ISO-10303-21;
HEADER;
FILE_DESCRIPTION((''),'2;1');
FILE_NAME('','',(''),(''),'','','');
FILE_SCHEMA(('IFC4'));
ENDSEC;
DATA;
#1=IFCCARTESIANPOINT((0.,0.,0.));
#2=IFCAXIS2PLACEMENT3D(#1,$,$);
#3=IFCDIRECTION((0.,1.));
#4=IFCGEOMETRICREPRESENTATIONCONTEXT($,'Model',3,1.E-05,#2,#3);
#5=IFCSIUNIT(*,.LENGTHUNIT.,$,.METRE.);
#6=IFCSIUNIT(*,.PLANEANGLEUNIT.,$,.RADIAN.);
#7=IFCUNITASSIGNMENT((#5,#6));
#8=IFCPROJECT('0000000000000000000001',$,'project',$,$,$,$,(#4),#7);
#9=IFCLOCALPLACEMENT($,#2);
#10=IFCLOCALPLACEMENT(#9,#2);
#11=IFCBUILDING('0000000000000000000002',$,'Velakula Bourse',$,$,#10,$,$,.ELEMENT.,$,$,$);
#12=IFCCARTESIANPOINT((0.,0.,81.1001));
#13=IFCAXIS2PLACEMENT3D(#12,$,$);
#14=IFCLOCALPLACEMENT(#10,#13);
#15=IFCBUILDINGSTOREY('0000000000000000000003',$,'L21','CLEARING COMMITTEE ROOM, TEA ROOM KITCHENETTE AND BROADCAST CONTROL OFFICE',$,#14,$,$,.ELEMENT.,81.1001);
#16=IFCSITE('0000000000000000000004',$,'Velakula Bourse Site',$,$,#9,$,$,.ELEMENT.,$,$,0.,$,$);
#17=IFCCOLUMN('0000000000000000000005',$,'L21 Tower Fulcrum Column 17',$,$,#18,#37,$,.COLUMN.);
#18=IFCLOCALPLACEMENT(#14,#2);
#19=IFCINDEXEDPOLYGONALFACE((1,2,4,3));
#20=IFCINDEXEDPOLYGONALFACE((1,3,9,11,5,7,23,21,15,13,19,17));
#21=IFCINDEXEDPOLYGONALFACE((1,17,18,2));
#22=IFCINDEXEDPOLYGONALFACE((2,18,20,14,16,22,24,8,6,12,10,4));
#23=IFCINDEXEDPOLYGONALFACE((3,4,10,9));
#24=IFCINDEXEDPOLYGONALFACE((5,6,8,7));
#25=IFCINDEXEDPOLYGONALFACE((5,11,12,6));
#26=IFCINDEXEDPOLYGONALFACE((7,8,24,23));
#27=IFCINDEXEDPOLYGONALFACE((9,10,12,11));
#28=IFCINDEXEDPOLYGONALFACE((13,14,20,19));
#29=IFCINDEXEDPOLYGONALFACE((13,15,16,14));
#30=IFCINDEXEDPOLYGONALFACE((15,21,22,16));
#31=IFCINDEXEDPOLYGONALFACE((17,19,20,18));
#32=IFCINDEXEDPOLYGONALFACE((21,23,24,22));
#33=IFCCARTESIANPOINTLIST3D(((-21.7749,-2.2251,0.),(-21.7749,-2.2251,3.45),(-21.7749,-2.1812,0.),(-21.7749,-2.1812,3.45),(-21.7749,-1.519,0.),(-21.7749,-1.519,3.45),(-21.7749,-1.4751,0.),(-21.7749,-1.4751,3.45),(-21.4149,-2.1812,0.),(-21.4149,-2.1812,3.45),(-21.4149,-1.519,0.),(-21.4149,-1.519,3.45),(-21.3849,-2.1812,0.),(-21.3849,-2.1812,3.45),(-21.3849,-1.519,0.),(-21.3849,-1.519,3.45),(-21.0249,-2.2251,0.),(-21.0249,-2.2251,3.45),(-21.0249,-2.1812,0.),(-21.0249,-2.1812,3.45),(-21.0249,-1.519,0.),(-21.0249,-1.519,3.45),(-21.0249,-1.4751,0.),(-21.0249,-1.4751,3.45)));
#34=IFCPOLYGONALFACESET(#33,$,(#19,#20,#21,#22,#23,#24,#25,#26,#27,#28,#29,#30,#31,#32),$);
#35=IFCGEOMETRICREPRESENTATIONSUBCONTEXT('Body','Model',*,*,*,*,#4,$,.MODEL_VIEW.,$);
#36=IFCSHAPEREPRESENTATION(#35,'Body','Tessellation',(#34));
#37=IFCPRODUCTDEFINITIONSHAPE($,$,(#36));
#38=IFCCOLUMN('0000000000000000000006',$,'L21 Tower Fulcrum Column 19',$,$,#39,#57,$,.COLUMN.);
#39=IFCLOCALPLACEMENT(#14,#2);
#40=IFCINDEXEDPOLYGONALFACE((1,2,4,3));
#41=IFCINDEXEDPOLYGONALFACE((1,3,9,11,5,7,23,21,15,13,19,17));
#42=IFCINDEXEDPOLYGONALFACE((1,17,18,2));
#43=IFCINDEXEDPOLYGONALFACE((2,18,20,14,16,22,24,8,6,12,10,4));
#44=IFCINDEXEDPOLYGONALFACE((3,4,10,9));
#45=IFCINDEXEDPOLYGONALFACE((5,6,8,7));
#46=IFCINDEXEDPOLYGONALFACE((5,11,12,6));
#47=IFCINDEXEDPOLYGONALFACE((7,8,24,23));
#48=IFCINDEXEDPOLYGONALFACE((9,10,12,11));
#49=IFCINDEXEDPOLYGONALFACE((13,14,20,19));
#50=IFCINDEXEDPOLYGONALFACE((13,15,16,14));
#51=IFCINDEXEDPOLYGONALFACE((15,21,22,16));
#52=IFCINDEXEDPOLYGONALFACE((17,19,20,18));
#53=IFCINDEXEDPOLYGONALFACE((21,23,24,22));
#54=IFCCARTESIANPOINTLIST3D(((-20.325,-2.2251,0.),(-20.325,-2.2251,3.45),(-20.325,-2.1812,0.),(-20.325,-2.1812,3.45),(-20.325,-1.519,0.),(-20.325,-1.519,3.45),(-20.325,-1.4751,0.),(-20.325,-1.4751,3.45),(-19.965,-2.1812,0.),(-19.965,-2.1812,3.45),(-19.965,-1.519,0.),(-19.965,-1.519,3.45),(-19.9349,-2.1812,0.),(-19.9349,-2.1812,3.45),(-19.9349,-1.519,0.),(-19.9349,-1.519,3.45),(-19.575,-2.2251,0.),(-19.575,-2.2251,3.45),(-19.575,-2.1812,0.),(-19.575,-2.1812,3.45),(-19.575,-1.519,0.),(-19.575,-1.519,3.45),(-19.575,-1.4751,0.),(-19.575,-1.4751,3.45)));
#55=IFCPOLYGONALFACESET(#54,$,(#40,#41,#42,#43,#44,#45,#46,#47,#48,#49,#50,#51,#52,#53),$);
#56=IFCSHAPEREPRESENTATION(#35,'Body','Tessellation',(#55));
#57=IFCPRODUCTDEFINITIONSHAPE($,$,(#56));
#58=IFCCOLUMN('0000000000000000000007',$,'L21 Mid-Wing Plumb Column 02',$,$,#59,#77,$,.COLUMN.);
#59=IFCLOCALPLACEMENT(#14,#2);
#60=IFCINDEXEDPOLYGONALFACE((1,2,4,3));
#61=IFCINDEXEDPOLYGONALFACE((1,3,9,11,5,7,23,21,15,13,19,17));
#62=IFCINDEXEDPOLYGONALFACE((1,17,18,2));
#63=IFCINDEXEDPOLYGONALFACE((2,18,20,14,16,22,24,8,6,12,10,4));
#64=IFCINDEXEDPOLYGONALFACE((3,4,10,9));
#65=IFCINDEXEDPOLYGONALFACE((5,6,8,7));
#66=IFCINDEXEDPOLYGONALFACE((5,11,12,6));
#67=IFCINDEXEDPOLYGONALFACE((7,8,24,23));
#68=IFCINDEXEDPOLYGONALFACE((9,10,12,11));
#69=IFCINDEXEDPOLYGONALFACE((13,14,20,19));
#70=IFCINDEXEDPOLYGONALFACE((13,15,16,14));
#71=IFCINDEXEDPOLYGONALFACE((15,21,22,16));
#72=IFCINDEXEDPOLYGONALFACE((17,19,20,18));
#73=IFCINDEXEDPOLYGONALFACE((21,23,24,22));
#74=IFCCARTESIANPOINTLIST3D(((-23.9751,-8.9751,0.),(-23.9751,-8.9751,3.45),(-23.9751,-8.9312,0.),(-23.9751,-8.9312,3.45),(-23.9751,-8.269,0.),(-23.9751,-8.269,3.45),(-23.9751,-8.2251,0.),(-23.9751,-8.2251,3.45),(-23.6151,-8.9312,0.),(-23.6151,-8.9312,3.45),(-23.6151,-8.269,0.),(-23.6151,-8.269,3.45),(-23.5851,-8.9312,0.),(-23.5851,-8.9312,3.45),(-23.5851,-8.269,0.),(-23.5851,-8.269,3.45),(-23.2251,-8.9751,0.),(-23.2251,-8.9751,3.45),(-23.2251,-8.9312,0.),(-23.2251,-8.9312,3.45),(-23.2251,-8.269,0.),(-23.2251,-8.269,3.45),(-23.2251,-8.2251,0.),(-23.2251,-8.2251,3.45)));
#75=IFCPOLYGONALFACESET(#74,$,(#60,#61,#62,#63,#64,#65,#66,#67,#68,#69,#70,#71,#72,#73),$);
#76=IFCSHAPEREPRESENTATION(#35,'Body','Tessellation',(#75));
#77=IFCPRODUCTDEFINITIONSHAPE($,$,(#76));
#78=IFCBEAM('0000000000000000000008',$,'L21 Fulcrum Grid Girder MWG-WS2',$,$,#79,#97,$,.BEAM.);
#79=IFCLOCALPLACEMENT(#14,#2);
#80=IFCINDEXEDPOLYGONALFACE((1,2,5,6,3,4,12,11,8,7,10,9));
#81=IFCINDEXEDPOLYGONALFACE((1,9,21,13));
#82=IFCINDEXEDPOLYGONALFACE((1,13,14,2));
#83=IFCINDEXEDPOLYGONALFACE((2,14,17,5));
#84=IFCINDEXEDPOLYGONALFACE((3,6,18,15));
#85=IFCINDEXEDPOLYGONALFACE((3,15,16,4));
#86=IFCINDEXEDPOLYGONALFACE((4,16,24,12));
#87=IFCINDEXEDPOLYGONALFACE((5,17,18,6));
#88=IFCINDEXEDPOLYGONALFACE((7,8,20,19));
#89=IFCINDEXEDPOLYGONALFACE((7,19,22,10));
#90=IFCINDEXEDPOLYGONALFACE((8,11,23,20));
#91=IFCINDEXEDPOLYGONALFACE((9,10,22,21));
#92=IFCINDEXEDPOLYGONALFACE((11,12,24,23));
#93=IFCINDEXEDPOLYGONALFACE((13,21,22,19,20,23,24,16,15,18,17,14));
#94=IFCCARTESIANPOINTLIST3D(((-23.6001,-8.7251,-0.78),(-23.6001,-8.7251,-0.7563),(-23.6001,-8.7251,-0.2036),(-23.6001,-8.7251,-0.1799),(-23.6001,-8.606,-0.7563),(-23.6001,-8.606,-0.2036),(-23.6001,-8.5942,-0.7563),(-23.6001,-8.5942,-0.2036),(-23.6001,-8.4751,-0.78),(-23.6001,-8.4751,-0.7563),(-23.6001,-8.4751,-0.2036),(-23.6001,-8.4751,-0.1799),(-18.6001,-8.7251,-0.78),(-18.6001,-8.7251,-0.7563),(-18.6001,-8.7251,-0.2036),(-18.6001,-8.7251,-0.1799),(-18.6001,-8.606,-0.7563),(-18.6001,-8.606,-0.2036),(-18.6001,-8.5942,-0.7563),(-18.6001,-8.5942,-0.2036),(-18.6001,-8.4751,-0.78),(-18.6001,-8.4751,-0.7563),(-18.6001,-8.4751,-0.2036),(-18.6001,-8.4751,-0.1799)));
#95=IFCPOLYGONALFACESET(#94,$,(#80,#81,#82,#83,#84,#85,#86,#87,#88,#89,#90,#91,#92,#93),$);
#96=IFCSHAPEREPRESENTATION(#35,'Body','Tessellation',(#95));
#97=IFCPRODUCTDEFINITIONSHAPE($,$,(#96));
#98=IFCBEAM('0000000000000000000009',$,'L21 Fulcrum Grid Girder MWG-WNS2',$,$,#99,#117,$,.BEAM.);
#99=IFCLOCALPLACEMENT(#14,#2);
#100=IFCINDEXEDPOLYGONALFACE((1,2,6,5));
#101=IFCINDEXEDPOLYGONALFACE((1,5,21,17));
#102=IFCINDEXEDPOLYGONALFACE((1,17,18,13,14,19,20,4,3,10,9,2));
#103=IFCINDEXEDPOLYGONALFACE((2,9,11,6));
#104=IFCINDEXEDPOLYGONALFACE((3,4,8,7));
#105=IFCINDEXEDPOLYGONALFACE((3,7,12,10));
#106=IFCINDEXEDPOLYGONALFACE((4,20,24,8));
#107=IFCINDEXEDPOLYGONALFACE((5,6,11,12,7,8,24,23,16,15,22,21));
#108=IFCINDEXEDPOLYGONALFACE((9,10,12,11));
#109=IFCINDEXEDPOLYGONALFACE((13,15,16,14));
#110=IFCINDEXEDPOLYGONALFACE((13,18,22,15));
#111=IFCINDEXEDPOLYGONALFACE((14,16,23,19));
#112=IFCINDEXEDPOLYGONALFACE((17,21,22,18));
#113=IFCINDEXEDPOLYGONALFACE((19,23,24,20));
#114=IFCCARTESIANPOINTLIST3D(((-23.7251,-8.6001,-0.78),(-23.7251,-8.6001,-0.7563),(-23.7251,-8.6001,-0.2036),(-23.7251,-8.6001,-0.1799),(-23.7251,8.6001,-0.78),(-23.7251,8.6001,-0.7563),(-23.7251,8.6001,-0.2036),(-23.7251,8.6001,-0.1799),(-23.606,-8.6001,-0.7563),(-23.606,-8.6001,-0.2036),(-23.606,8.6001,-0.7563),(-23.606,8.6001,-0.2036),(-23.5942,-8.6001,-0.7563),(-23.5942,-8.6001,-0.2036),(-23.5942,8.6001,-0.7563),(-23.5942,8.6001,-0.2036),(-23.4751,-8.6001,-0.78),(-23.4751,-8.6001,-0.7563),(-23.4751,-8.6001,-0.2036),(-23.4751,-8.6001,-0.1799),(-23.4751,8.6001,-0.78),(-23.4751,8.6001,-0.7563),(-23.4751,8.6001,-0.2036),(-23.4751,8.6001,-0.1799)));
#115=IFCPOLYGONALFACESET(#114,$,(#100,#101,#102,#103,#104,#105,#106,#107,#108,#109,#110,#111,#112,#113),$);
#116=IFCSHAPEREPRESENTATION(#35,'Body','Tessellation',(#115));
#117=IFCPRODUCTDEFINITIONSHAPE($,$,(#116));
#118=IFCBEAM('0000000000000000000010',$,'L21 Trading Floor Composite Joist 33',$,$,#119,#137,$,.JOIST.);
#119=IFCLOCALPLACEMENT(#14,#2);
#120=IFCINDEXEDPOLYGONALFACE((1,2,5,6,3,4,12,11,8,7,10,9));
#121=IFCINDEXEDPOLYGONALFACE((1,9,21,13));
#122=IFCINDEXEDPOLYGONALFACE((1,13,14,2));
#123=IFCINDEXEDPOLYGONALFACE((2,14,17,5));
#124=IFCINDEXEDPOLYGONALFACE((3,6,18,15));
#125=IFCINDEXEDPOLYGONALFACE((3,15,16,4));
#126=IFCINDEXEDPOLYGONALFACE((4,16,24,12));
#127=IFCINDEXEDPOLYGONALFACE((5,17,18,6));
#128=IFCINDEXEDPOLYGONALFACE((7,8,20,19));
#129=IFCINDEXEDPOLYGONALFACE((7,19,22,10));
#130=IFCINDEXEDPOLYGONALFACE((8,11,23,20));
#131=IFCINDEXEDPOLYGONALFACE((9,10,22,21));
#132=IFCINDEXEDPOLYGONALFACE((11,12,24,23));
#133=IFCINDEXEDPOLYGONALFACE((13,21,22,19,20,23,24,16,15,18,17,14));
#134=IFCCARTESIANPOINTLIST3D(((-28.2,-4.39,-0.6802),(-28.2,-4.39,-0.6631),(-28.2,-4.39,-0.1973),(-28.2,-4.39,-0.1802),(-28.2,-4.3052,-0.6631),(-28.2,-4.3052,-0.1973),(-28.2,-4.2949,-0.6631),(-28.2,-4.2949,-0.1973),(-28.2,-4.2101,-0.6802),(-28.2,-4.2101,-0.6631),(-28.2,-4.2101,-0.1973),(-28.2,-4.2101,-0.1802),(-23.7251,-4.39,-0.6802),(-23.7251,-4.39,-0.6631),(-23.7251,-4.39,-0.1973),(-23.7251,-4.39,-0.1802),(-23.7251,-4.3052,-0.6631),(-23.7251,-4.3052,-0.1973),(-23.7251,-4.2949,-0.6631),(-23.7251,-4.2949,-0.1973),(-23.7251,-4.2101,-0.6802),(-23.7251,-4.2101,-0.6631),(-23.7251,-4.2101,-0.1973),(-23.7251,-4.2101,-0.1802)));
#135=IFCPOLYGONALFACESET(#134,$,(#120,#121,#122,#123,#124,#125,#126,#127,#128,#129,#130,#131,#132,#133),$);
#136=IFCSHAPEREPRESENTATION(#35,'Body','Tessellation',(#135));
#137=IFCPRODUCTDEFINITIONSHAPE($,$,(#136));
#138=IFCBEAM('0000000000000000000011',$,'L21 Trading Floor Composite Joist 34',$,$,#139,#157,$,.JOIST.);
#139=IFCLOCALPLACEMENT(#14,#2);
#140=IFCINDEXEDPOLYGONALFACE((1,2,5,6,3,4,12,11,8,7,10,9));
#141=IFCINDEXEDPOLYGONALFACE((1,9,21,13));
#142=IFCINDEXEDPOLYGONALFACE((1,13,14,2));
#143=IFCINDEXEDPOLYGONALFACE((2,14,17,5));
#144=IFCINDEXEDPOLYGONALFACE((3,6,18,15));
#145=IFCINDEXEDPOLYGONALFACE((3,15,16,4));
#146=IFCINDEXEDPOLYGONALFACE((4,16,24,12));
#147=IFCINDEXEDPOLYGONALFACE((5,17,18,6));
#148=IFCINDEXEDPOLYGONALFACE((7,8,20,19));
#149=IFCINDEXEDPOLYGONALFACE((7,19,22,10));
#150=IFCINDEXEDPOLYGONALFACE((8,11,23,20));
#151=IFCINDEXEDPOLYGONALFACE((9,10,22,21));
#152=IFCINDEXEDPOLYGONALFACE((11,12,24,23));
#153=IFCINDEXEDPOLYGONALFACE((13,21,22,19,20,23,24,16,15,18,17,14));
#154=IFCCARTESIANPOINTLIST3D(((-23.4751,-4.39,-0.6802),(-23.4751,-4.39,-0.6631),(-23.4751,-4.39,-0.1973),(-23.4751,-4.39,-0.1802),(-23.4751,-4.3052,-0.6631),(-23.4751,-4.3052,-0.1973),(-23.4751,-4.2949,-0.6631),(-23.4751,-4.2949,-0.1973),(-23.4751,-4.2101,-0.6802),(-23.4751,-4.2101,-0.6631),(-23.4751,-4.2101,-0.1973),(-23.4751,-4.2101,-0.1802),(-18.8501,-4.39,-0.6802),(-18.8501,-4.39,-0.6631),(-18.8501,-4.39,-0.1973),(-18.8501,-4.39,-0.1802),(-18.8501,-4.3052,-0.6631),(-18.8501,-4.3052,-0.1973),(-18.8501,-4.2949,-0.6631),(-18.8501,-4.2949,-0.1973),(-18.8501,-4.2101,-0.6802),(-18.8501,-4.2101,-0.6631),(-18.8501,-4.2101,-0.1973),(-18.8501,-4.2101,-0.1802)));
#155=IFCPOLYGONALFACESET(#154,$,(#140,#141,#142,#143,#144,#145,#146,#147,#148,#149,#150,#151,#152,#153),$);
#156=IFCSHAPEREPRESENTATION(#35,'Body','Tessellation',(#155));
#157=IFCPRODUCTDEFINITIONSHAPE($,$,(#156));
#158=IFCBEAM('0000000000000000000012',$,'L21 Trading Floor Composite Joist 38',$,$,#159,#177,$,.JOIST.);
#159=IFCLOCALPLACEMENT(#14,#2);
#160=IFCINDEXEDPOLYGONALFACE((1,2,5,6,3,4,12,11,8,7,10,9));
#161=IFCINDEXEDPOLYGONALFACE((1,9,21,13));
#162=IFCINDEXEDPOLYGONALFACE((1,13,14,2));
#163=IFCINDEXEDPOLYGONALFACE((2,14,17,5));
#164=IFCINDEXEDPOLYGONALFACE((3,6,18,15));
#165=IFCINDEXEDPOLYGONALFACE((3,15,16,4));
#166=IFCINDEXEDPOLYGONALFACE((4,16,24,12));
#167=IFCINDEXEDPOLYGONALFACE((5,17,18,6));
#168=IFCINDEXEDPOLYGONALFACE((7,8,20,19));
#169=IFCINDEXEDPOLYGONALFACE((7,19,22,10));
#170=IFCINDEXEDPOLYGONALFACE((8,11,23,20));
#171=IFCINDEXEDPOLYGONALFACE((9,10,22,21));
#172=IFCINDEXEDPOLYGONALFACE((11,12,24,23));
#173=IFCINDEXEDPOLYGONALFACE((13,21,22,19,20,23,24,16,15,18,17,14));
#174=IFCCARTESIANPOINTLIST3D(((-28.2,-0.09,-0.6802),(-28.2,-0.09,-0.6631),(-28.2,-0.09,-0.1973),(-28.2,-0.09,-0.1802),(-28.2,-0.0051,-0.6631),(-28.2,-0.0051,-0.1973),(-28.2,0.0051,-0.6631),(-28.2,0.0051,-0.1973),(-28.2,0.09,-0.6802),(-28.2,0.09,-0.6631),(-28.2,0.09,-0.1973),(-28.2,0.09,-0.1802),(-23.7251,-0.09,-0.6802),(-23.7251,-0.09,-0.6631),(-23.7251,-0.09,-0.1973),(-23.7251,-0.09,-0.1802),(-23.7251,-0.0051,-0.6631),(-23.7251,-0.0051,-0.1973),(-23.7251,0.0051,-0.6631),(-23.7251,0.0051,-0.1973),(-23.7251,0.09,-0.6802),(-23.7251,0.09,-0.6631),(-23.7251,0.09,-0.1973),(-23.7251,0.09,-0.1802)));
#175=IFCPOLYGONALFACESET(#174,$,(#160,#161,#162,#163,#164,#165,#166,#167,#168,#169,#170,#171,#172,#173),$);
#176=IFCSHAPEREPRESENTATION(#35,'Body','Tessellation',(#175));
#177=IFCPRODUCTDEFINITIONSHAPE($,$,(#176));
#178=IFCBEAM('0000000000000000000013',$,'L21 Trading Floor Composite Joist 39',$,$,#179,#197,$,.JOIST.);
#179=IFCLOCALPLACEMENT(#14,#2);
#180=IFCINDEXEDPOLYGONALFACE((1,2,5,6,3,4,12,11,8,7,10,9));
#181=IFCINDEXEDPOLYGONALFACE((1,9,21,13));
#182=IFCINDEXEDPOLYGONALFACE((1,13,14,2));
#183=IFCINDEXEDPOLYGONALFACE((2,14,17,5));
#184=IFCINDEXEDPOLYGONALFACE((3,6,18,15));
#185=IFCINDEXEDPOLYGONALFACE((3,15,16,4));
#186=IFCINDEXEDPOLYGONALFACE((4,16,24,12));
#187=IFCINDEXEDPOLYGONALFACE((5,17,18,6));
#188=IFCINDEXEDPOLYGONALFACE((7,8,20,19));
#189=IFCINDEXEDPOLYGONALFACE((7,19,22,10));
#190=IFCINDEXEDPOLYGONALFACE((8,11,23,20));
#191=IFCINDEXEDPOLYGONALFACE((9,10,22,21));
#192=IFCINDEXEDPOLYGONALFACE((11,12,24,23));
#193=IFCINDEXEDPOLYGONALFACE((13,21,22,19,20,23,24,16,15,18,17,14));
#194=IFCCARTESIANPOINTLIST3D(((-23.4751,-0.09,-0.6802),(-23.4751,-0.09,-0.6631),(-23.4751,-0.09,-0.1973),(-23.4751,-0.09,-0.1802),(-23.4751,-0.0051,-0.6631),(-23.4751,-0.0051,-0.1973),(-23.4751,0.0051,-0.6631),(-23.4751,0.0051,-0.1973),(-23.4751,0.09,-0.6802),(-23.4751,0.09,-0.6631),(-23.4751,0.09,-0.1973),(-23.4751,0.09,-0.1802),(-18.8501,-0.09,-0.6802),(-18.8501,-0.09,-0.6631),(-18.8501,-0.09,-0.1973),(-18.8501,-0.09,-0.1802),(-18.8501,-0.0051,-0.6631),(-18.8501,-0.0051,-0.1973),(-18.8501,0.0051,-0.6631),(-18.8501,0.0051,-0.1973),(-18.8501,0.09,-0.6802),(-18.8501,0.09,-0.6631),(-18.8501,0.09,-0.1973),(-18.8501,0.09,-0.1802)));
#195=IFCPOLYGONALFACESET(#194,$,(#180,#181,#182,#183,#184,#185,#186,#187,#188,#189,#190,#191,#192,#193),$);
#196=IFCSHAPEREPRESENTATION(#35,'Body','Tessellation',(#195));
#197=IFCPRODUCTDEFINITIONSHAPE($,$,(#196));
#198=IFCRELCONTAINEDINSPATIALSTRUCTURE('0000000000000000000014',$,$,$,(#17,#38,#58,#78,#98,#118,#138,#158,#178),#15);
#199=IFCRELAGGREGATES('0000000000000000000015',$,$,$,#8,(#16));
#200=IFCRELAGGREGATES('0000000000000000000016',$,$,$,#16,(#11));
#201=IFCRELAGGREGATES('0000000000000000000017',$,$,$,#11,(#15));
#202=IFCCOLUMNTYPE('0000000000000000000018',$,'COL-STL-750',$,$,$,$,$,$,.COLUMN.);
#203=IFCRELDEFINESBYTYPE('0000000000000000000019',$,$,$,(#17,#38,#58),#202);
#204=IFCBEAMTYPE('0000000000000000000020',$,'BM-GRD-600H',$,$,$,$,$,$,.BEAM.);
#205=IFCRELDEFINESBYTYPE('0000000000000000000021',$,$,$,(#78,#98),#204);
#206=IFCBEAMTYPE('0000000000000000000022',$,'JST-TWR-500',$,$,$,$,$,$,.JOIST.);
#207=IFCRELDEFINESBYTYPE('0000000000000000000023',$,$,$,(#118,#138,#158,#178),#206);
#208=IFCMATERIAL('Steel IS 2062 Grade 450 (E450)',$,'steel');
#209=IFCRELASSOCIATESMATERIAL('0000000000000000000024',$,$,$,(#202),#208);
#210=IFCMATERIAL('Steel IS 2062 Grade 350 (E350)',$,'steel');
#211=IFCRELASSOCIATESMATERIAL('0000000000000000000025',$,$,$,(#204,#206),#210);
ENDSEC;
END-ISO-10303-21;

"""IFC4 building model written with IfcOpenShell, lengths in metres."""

from ifc_helpers import new_model, si_unit, direction, frame, origin, origin_2d, place, context, subcontext, project, spatial, i_section, extrude, material, material_profile, profile_set, type_object, element, save


model = new_model("IFC4")

# Units and contexts
model_context = context("Model", 3, precision=1e-05, world=origin(), true_north=direction((0.0, 1.0)))
body_context = subcontext(model_context, "Body", "Model", "MODEL_VIEW")
ifc_project = project(units=[si_unit("LENGTHUNIT", "METRE"), si_unit("PLANEANGLEUNIT", "RADIAN")], contexts=[model_context])

# Site, building, storey
site_placement = place(None, origin())
site = spatial("IfcSite", under=ifc_project, at=site_placement, Name="Velakula Bourse Site", CompositionType="ELEMENT", RefElevation=0.0)
building_placement = place(site_placement, origin())
building = spatial("IfcBuilding", under=site, at=building_placement, Name="Velakula Bourse", CompositionType="ELEMENT")
storey_placement = place(building_placement, frame((0.0, 0.0, 81.1001)))
storey = spatial("IfcBuildingStorey", under=building, at=storey_placement, Name="L21", Description="CLEARING COMMITTEE ROOM, TEA ROOM KITCHENETTE AND BROADCAST CONTROL OFFICE", CompositionType="ELEMENT", Elevation=81.1001)

# Columns
ifc_material_1 = material(Name="Steel IS 2062 Grade 450 (E450)", Category="steel")
ifc_material_profile_1 = material_profile(ifc_material_1, i_section(OverallWidth=0.75, OverallDepth=0.75, WebThickness=0.03, FlangeThickness=0.0439, at=origin_2d()), Name="Steel IS 2062 Grade 450 (E450)")
ifc_profile_set_1 = profile_set([ifc_material_profile_1], Name="Steel IS 2062 Grade 450 (E450)")
column_type = type_object("IfcColumnType", Name="COL-STL-750", PredefinedType="COLUMN", material=ifc_profile_set_1)
for number, where, z_axis, x_axis, name in (
    (1, (-21.3999, -1.8501, 0.0), (0.0, 0.0, 1.0), (1.0, 0.0, 0.0), "L21 Tower Fulcrum Column 17"),
    (2, (-19.95, -1.8501, 0.0), (0.0, 0.0, 1.0), (1.0, 0.0, 0.0), "L21 Tower Fulcrum Column 19"),
    (3, (-23.6001, -8.6001, 0.0), (0.0, 0.0, 1.0), (1.0, 0.0, 0.0), "L21 Mid-Wing Plumb Column 02"),
):
    element("IfcColumn", number, at=place(storey_placement, frame(where, z_axis=z_axis, x_axis=x_axis)), inside=storey, type_object=column_type, Name=name, PredefinedType="COLUMN", context=body_context, shape_type="SweptSolid", body=[
        extrude(i_section(OverallWidth=0.75, OverallDepth=0.75, WebThickness=0.03, FlangeThickness=0.0439, at=origin_2d()), origin(), (0.0, 0.0, 1.0), 3.45),
    ])

# Beams
ifc_material_2 = material(Name="Steel IS 2062 Grade 350 (E350)", Category="steel")
ifc_material_profile_2 = material_profile(ifc_material_2, i_section(OverallWidth=0.25, OverallDepth=0.6001, WebThickness=0.0117, FlangeThickness=0.0237, at=origin_2d()), Name="Steel IS 2062 Grade 350 (E350)")
ifc_profile_set_2 = profile_set([ifc_material_profile_2], Name="Steel IS 2062 Grade 350 (E350)")
beam_type_1 = type_object("IfcBeamType", Name="BM-GRD-600H", PredefinedType="BEAM", material=ifc_profile_set_2)
beam_1_placement = place(storey_placement, frame((-23.6001, -8.6001, -0.48), z_axis=(1.0, 0.0, 0.0), x_axis=(0.0, 1.0, 0.0)))
element("IfcBeam", 4, at=beam_1_placement, inside=storey, type_object=beam_type_1, Name="L21 Fulcrum Grid Girder MWG-WS2", PredefinedType="BEAM", context=body_context, shape_type="SweptSolid", body=[
    extrude(i_section(OverallWidth=0.25, OverallDepth=0.6001, WebThickness=0.0117, FlangeThickness=0.0237, at=origin_2d()), origin(), (0.0, 0.0, 1.0), 5.0),
])
beam_2_placement = place(storey_placement, frame((-23.6001, -8.6001, -0.48), z_axis=(0.0, 1.0, 0.0), x_axis=(-1.0, 0.0, 0.0)))
element("IfcBeam", 5, at=beam_2_placement, inside=storey, type_object=beam_type_1, Name="L21 Fulcrum Grid Girder MWG-WNS2", PredefinedType="BEAM", context=body_context, shape_type="SweptSolid", body=[
    extrude(i_section(OverallWidth=0.25, OverallDepth=0.6001, WebThickness=0.0117, FlangeThickness=0.0237, at=origin_2d()), origin(), (0.0, 0.0, 1.0), 17.2002),
])
ifc_material_profile_3 = material_profile(ifc_material_2, i_section(OverallWidth=0.1799, OverallDepth=0.5, WebThickness=0.0103, FlangeThickness=0.0171, at=origin_2d()), Name="Steel IS 2062 Grade 350 (E350)")
ifc_profile_set_3 = profile_set([ifc_material_profile_3], Name="Steel IS 2062 Grade 350 (E350)")
beam_type_2 = type_object("IfcBeamType", Name="JST-TWR-500", PredefinedType="JOIST", material=ifc_profile_set_3)
beam_3_placement = place(storey_placement, frame((-28.2, -4.3, -0.4302), z_axis=(1.0, 0.0, 0.0), x_axis=(0.0, 1.0, 0.0)))
element("IfcBeam", 6, at=beam_3_placement, inside=storey, type_object=beam_type_2, Name="L21 Trading Floor Composite Joist 33", PredefinedType="JOIST", context=body_context, shape_type="SweptSolid", body=[
    extrude(i_section(OverallWidth=0.1799, OverallDepth=0.5, WebThickness=0.0103, FlangeThickness=0.0171, at=origin_2d()), origin(), (0.0, 0.0, 1.0), 4.4749),
])
beam_4_placement = place(storey_placement, frame((-23.4751, -4.3, -0.4302), z_axis=(1.0, 0.0, 0.0), x_axis=(0.0, 1.0, 0.0)))
element("IfcBeam", 7, at=beam_4_placement, inside=storey, type_object=beam_type_2, Name="L21 Trading Floor Composite Joist 34", PredefinedType="JOIST", context=body_context, shape_type="SweptSolid", body=[
    extrude(i_section(OverallWidth=0.1799, OverallDepth=0.5, WebThickness=0.0103, FlangeThickness=0.0171, at=origin_2d()), origin(), (0.0, 0.0, 1.0), 4.625),
])
beam_5_placement = place(storey_placement, frame((-28.2, 0.0, -0.4302), z_axis=(1.0, 0.0, 0.0), x_axis=(0.0, 1.0, 0.0)))
element("IfcBeam", 8, at=beam_5_placement, inside=storey, type_object=beam_type_2, Name="L21 Trading Floor Composite Joist 38", PredefinedType="JOIST", context=body_context, shape_type="SweptSolid", body=[
    extrude(i_section(OverallWidth=0.1799, OverallDepth=0.5, WebThickness=0.0103, FlangeThickness=0.0171, at=origin_2d()), origin(), (0.0, 0.0, 1.0), 4.4749),
])
beam_6_placement = place(storey_placement, frame((-23.4751, 0.0, -0.4302), z_axis=(1.0, 0.0, 0.0), x_axis=(0.0, 1.0, 0.0)))
element("IfcBeam", 9, at=beam_6_placement, inside=storey, type_object=beam_type_2, Name="L21 Trading Floor Composite Joist 39", PredefinedType="JOIST", context=body_context, shape_type="SweptSolid", body=[
    extrude(i_section(OverallWidth=0.1799, OverallDepth=0.5, WebThickness=0.0103, FlangeThickness=0.0171, at=origin_2d()), origin(), (0.0, 0.0, 1.0), 4.625),
])

save(model, "model.ifc")
